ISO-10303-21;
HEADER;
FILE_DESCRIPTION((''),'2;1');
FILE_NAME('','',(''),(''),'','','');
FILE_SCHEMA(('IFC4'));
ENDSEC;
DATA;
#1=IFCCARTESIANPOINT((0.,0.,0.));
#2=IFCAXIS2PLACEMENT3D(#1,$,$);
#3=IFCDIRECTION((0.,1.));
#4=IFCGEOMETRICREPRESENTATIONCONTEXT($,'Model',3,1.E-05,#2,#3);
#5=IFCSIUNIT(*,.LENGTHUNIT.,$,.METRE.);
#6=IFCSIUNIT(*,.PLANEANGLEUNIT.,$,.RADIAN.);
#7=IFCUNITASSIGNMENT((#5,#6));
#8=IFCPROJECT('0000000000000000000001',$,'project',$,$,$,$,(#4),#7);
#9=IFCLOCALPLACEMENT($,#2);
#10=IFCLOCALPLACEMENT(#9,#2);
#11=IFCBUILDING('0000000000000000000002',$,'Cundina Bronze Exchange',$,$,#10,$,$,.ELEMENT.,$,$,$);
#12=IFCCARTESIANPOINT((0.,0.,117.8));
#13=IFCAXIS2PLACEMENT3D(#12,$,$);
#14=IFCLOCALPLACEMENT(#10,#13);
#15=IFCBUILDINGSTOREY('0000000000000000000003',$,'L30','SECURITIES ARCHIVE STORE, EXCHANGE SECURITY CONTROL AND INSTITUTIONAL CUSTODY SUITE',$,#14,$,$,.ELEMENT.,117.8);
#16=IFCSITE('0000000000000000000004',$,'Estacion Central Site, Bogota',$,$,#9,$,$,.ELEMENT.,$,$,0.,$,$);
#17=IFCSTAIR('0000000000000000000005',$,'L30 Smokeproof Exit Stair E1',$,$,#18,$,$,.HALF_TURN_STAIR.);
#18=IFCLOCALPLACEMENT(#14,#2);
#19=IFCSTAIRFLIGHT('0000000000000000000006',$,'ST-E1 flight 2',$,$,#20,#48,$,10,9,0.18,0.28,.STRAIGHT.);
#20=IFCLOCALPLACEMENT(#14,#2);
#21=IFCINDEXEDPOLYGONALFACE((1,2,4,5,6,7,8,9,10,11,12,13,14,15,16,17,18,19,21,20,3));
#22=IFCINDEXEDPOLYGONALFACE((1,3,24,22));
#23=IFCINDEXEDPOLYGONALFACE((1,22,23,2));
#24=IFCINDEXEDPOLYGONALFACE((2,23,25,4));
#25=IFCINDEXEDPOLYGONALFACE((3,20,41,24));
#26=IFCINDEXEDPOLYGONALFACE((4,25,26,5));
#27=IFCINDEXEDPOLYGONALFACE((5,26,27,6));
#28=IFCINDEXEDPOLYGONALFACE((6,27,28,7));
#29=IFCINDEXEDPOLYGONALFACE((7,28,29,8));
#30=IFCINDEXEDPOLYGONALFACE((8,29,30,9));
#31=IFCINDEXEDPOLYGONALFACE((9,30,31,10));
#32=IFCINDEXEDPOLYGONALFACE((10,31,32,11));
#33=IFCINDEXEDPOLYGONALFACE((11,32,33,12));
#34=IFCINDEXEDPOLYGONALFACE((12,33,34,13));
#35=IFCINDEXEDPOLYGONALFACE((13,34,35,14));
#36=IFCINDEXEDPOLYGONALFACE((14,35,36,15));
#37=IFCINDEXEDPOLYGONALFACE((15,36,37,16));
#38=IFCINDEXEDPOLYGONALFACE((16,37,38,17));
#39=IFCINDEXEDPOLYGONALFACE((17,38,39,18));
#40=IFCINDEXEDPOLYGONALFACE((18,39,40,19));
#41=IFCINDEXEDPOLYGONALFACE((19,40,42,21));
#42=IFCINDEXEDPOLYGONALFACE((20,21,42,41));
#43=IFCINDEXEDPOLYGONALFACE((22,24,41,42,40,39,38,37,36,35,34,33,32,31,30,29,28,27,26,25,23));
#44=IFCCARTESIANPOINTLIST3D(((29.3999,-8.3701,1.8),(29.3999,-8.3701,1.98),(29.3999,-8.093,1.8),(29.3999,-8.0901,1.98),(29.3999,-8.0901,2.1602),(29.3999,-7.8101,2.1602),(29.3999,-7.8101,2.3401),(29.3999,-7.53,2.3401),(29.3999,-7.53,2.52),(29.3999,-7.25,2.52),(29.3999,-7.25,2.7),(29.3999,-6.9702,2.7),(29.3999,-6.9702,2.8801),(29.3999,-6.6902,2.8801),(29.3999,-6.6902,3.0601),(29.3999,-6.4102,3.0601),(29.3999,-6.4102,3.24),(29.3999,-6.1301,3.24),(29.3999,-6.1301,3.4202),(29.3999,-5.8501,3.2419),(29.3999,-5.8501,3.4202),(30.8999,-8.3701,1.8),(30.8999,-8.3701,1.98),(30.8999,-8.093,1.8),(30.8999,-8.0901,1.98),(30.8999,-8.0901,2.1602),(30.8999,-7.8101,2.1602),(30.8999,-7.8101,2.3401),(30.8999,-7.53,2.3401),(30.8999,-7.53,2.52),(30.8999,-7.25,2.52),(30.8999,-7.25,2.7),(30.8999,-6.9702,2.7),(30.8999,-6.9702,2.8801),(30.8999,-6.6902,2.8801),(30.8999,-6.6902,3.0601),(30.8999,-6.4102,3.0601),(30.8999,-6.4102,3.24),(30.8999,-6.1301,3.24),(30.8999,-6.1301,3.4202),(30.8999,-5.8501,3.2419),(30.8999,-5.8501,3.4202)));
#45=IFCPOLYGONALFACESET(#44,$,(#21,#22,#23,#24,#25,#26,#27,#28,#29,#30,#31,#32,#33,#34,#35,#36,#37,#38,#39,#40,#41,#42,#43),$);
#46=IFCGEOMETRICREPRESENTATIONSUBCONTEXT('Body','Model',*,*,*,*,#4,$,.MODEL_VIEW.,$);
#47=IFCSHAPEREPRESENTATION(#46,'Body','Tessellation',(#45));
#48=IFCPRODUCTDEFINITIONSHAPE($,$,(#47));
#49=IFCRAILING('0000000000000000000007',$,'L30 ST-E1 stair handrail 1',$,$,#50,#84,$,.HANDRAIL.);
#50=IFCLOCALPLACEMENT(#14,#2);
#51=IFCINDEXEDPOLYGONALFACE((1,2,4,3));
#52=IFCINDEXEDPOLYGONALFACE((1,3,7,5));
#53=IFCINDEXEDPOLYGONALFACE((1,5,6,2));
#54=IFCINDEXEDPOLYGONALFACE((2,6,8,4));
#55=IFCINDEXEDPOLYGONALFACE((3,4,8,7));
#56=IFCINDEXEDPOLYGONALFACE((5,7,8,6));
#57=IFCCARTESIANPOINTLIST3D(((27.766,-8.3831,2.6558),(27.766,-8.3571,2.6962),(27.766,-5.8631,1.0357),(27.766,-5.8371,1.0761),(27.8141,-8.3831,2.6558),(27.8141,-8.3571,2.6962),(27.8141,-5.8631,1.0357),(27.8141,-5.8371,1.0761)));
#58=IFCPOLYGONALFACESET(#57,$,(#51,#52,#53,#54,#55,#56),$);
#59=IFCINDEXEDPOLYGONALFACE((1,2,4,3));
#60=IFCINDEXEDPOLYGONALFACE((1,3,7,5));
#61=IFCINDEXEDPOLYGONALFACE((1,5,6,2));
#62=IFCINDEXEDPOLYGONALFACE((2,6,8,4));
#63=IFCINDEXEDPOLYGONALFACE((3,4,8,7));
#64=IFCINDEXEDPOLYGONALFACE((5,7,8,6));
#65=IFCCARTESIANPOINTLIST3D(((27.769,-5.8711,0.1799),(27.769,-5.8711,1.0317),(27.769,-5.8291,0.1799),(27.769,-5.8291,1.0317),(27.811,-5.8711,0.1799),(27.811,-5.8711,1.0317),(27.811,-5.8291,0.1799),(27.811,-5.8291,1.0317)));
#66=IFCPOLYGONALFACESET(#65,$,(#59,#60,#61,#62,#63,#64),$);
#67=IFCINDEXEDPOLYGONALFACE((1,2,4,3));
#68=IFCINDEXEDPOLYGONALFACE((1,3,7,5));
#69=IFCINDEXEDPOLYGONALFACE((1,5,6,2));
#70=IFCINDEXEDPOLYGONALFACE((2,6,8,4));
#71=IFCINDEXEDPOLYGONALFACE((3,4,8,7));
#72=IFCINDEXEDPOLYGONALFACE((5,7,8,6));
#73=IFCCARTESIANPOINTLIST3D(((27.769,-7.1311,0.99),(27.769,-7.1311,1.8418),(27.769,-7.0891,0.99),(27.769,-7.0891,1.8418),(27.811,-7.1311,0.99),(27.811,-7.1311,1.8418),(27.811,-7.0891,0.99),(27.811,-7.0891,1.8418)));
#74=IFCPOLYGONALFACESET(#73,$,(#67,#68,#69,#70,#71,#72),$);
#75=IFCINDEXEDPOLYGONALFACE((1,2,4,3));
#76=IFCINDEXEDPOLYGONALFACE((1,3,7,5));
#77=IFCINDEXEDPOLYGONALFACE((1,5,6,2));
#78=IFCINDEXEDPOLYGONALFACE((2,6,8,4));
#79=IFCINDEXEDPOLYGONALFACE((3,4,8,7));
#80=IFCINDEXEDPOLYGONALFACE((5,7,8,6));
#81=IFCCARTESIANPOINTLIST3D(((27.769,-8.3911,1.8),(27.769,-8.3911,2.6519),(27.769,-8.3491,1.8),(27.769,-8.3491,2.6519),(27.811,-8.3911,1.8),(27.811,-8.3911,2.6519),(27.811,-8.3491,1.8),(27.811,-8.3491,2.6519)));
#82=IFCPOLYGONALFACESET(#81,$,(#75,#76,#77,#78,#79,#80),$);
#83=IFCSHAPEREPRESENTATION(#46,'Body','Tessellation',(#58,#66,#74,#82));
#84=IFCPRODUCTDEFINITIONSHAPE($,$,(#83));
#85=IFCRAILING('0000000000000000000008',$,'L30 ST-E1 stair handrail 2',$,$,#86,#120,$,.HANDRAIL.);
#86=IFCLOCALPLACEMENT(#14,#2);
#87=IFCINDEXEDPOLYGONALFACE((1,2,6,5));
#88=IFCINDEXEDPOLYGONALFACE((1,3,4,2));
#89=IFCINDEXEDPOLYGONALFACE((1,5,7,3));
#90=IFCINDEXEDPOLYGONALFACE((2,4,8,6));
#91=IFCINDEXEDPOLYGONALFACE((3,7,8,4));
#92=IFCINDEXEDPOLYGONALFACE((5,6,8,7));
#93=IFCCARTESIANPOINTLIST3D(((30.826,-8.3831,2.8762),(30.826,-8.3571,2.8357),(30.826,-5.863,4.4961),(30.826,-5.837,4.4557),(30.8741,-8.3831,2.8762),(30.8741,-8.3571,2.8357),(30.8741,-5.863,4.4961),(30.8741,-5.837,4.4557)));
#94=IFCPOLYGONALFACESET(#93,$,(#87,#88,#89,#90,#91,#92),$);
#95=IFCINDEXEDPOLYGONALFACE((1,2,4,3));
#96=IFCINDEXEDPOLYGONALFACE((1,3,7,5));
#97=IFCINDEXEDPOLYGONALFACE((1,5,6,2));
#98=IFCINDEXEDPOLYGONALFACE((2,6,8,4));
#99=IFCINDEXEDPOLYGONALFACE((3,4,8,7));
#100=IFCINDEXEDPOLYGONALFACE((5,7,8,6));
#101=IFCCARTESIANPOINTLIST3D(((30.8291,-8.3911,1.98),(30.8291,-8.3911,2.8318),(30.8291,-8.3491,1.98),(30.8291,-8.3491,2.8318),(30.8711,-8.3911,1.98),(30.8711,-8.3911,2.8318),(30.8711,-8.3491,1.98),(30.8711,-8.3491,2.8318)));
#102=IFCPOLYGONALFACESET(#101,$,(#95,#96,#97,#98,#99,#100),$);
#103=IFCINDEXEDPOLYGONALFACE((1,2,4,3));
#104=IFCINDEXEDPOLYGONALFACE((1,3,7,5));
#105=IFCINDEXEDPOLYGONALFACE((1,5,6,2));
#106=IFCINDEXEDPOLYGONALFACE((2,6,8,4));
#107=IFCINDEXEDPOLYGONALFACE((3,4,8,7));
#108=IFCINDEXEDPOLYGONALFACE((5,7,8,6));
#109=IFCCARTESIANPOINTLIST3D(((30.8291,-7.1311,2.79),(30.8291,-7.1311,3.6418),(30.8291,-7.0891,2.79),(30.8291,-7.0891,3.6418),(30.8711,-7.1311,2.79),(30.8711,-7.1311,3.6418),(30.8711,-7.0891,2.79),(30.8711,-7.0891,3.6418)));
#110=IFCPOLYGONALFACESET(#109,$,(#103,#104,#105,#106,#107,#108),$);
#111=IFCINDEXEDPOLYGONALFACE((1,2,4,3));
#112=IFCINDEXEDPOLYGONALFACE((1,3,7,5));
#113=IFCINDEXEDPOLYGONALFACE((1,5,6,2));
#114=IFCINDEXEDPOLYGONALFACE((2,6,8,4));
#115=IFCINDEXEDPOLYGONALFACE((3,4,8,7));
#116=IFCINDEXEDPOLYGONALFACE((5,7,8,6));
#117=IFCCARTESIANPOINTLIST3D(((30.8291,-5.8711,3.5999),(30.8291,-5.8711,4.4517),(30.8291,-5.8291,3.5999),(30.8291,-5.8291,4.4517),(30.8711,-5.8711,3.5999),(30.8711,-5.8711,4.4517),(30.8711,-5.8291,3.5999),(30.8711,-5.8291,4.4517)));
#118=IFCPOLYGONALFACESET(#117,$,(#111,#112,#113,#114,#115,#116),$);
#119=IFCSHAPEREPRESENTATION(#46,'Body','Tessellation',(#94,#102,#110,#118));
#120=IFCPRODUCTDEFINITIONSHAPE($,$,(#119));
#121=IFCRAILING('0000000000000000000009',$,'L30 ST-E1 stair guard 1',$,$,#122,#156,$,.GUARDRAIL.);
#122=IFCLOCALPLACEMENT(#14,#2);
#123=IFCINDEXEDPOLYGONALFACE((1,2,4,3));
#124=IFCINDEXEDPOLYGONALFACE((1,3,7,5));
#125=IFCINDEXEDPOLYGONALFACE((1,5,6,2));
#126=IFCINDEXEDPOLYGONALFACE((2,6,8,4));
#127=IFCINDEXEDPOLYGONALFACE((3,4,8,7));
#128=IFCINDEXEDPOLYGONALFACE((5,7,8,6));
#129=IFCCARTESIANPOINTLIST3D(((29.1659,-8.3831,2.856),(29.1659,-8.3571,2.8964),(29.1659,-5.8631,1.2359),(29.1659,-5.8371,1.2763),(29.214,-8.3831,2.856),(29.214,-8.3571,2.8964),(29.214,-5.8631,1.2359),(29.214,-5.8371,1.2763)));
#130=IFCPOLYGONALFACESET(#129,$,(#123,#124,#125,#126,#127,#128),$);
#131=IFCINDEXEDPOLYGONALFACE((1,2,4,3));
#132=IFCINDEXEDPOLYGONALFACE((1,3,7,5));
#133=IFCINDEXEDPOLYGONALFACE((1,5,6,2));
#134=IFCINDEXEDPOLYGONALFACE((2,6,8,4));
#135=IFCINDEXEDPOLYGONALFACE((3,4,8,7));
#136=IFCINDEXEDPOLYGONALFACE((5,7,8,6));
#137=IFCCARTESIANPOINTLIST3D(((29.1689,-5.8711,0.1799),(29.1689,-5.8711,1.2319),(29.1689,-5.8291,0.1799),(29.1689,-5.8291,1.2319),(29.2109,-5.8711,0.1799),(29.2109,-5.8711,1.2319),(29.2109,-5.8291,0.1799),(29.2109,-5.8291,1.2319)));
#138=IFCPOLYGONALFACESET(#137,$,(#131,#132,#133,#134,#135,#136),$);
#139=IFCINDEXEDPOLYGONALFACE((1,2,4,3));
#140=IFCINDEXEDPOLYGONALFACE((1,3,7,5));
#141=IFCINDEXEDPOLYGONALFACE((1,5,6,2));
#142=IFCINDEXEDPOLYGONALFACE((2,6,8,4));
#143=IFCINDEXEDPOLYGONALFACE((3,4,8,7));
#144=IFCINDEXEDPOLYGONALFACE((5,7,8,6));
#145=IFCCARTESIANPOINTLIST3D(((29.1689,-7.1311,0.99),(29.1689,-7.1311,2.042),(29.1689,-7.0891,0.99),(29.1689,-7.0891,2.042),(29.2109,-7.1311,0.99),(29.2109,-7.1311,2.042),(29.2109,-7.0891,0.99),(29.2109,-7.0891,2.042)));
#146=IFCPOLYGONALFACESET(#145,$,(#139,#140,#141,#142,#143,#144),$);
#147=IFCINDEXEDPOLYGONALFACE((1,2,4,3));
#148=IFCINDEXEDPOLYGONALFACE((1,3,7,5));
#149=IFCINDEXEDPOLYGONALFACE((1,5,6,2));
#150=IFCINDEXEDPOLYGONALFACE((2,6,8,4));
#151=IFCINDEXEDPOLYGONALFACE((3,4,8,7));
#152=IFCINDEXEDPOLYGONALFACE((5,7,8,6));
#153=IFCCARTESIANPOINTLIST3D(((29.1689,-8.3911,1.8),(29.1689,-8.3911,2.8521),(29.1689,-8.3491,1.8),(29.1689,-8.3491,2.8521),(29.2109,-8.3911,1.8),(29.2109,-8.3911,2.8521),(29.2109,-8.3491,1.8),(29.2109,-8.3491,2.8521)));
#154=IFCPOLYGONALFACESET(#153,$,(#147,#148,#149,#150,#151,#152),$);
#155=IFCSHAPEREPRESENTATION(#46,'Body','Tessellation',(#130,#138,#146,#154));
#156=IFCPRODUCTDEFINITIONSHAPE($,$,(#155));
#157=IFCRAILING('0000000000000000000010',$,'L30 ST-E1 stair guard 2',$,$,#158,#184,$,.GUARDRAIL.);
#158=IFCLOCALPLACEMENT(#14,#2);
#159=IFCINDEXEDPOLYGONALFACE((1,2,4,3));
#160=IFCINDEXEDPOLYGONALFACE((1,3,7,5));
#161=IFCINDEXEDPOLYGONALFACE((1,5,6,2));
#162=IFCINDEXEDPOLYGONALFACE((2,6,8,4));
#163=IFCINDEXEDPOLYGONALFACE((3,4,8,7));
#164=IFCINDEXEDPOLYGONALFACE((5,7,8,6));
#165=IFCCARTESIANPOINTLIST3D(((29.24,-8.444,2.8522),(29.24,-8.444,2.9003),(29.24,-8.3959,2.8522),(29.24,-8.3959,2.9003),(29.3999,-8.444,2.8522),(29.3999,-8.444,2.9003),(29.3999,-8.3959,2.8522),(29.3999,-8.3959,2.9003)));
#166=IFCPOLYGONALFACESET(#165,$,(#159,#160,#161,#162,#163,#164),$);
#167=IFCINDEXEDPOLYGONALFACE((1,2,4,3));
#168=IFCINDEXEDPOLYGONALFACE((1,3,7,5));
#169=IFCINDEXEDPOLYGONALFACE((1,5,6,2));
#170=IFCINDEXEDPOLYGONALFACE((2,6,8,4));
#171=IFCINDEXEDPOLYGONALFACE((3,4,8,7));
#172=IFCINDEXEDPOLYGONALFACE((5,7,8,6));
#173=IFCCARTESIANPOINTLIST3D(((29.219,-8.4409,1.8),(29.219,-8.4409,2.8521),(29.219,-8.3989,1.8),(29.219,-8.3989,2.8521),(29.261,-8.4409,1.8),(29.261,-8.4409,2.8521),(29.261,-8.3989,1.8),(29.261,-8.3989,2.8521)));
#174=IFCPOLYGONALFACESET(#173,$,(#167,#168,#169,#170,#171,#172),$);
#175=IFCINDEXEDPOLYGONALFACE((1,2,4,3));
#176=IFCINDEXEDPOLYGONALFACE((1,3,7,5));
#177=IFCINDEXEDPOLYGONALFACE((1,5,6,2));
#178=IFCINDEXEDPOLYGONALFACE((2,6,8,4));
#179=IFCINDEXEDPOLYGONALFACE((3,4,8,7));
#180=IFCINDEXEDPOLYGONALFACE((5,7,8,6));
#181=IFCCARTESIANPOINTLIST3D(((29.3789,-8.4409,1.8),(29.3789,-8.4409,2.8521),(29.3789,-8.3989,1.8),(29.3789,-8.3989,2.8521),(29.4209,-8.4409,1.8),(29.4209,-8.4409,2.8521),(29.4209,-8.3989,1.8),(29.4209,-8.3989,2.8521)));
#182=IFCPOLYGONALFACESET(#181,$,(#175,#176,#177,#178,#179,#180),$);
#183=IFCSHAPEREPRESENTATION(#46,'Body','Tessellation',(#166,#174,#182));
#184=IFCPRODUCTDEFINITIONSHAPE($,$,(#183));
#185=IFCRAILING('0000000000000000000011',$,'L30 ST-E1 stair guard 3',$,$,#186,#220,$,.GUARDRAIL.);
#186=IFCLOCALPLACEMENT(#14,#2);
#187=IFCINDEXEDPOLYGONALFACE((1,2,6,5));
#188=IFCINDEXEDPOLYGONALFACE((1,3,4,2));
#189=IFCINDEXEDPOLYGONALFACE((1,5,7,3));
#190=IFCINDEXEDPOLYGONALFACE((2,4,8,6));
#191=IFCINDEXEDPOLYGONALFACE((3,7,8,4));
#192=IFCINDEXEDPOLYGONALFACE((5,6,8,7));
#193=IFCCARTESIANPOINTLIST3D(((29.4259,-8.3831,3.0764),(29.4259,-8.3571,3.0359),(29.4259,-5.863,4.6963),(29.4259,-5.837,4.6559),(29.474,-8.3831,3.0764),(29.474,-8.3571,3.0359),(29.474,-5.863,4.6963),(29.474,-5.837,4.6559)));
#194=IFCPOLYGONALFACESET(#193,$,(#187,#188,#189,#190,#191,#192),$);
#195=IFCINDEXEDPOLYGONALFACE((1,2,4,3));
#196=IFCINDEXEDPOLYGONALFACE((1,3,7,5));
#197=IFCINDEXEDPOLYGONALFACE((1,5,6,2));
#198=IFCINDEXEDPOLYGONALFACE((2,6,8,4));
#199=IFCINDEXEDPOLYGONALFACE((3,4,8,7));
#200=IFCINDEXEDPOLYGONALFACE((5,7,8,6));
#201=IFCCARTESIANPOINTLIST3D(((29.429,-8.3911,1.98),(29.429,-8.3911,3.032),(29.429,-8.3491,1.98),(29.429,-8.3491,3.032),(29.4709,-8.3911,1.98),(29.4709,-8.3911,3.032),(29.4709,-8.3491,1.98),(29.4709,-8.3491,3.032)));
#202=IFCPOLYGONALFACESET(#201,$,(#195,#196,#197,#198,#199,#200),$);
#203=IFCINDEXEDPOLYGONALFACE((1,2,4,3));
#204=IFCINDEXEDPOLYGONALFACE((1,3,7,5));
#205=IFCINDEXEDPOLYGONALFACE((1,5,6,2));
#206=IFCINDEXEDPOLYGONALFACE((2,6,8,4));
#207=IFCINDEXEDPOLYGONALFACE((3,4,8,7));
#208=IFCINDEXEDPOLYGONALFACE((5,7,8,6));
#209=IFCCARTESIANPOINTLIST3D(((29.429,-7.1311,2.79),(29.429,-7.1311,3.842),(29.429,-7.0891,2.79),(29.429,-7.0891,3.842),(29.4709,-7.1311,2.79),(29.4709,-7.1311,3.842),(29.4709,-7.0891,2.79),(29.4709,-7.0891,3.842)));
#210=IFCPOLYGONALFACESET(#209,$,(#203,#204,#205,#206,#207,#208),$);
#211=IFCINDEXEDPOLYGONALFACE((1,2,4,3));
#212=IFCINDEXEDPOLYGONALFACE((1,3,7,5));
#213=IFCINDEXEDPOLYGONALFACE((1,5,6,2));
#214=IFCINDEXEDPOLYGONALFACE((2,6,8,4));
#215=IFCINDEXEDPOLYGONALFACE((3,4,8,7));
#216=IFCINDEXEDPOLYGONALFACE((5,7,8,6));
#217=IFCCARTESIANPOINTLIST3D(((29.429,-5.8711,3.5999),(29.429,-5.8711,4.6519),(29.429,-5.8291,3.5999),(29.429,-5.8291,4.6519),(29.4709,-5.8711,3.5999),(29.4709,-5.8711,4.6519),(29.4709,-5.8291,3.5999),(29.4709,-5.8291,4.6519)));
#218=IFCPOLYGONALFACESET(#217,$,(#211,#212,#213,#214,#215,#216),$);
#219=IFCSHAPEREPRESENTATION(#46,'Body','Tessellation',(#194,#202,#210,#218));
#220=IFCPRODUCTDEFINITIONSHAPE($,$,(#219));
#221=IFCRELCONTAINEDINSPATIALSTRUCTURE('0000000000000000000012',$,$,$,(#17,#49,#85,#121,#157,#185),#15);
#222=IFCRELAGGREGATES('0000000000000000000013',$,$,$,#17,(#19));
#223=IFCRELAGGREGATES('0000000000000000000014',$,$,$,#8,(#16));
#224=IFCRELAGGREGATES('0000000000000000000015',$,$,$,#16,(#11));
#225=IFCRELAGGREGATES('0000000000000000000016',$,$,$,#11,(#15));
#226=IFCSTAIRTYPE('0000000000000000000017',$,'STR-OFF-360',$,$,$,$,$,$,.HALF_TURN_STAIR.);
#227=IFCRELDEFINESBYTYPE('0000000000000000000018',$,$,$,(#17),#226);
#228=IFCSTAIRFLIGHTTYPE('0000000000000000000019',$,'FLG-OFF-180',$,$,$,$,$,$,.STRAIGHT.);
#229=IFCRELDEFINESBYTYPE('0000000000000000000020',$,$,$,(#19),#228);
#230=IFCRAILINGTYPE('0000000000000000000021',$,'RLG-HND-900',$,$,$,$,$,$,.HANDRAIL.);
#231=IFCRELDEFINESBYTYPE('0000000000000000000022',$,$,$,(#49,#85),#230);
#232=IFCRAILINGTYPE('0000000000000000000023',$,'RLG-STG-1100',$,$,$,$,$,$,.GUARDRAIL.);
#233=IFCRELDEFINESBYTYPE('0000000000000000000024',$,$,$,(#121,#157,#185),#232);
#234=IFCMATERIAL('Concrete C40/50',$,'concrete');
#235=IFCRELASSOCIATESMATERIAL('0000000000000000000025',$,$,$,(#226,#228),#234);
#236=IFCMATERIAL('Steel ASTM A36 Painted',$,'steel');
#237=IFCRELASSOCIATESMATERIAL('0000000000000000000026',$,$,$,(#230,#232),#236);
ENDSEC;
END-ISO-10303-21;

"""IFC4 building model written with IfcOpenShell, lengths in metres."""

from ifc_helpers import new_model, si_unit, direction, frame, origin, origin_2d, place, context, subcontext, project, spatial, polyline, rectangle, outline, extrude, material, type_object, element, aggregate, save


model = new_model("IFC4")

# Units and contexts
model_context = context("Model", 3, precision=1e-05, world=origin(), true_north=direction((0.0, 1.0)))
body_context = subcontext(model_context, "Body", "Model", "MODEL_VIEW")
ifc_project = project(units=[si_unit("LENGTHUNIT", "METRE"), si_unit("PLANEANGLEUNIT", "RADIAN")], contexts=[model_context])

# Site, building, storey
site_placement = place(None, origin())
site = spatial("IfcSite", under=ifc_project, at=site_placement, Name="Estacion Central Site, Bogota", CompositionType="ELEMENT", RefElevation=0.0)
building_placement = place(site_placement, origin())
building = spatial("IfcBuilding", under=site, at=building_placement, Name="Cundina Bronze Exchange", CompositionType="ELEMENT")
storey_placement = place(building_placement, frame((0.0, 0.0, 117.8)))
storey = spatial("IfcBuildingStorey", under=building, at=storey_placement, Name="L30", Description="SECURITIES ARCHIVE STORE, EXCHANGE SECURITY CONTROL AND INSTITUTIONAL CUSTODY SUITE", CompositionType="ELEMENT", Elevation=117.8)

# Stair, stair flight
ifc_material_1 = material(Name="Concrete C40/50", Category="concrete")
stair_type = type_object("IfcStairType", Name="STR-OFF-360", PredefinedType="HALF_TURN_STAIR", material=ifc_material_1)
stair_placement = place(storey_placement, origin())
stair = element("IfcStair", 1, at=stair_placement, inside=storey, type_object=stair_type, Name="L30 Smokeproof Exit Stair E1", PredefinedType="HALF_TURN_STAIR")
stair_flight_type = type_object("IfcStairFlightType", Name="FLG-OFF-180", PredefinedType="STRAIGHT", material=ifc_material_1)
stair_flight_1_placement = place(storey_placement, frame((30.1499, -8.3701, 1.8), z_axis=(0.0, 0.0, 1.0), x_axis=(0.0, 1.0, 0.0)))
stair_flight_1 = element("IfcStairFlight", 2, at=stair_flight_1_placement, type_object=stair_flight_type, Name="ST-E1 flight 2", NumberOfRisers=10, NumberOfTreads=9, PredefinedType="STRAIGHT", RiserHeight=0.18, TreadLength=0.28, context=body_context, shape_type="SweptSolid", body=[
    extrude(outline(polyline([(0.0, 0.0), (0.0, 0.1799), (0.28, 0.1799), (0.28, 0.3601), (0.5601, 0.3601), (0.5601, 0.54), (0.8401, 0.54), (0.8401, 0.72), (1.1201, 0.72), (1.1201, 0.8999), (1.3999, 0.8999), (1.3999, 1.0801), (1.6799, 1.0801), (1.6799, 1.26), (1.96, 1.26), (1.96, 1.4399), (2.24, 1.4399), (2.24, 1.6201), (2.52, 1.6201), (2.52, 1.8), (2.52, 1.4419), (0.2771, 0.0), (0.0, 0.0)])), frame((0.0, 0.75, 0.0), z_axis=(0.0, -1.0, 0.0), x_axis=(1.0, 0.0, 0.0)), (0.0, 0.0, 1.0), 1.5),
])
aggregate(stair, [stair_flight_1])

# Railings
ifc_material_2 = material(Name="Steel ASTM A36 Painted", Category="steel")
railing_type_1 = type_object("IfcRailingType", Name="RLG-HND-900", PredefinedType="HANDRAIL", material=ifc_material_2)
railing_1_placement = place(storey_placement, frame((27.79, -5.8501, 0.1799)))
element("IfcRailing", 3, at=railing_1_placement, inside=storey, type_object=railing_type_1, Name="L30 ST-E1 stair handrail 1", PredefinedType="HANDRAIL", context=body_context, shape_type="SweptSolid", body=[
    extrude(rectangle(XDim=0.0481, YDim=0.0481, at=origin_2d()), frame((0.0, 0.0, 0.876), z_axis=(0.0, -0.841163, 0.540782), x_axis=(1.0, 0.0, 0.0)), (0.0, 0.0, 1.0), 2.9958),
    extrude(rectangle(XDim=0.042, YDim=0.042, at=origin_2d()), origin(), (0.0, 0.0, 1.0), 0.8518),
    extrude(rectangle(XDim=0.042, YDim=0.042, at=origin_2d()), frame((0.0, -1.26, 0.8101)), (0.0, 0.0, 1.0), 0.8518),
    extrude(rectangle(XDim=0.042, YDim=0.042, at=origin_2d()), frame((0.0, -2.52, 1.6201)), (0.0, 0.0, 1.0), 0.8518),
])
railing_2_placement = place(storey_placement, frame((30.8501, -8.3701, 1.98)))
element("IfcRailing", 4, at=railing_2_placement, inside=storey, type_object=railing_type_1, Name="L30 ST-E1 stair handrail 2", PredefinedType="HANDRAIL", context=body_context, shape_type="SweptSolid", body=[
    extrude(rectangle(XDim=0.0481, YDim=0.0481, at=origin_2d()), frame((0.0, 0.0, 0.876), z_axis=(0.0, 0.8412, 0.540725), x_axis=(-1.0, 0.0, 0.0)), (0.0, 0.0, 1.0), 2.9958),
    extrude(rectangle(XDim=0.042, YDim=0.042, at=origin_2d()), origin(), (0.0, 0.0, 1.0), 0.8518),
    extrude(rectangle(XDim=0.042, YDim=0.042, at=origin_2d()), frame((0.0, 1.26, 0.8101)), (0.0, 0.0, 1.0), 0.8518),
    extrude(rectangle(XDim=0.042, YDim=0.042, at=origin_2d()), frame((0.0, 2.52, 1.6199)), (0.0, 0.0, 1.0), 0.8518),
])
railing_type_2 = type_object("IfcRailingType", Name="RLG-STG-1100", PredefinedType="GUARDRAIL", material=ifc_material_2)
railing_3_placement = place(storey_placement, frame((29.1899, -5.8501, 0.1799)))
element("IfcRailing", 5, at=railing_3_placement, inside=storey, type_object=railing_type_2, Name="L30 ST-E1 stair guard 1", PredefinedType="GUARDRAIL", context=body_context, shape_type="SweptSolid", body=[
    extrude(rectangle(XDim=0.0481, YDim=0.0481, at=origin_2d()), frame((0.0, 0.0, 1.0762), z_axis=(0.0, -0.841163, 0.540782), x_axis=(1.0, 0.0, 0.0)), (0.0, 0.0, 1.0), 2.9958),
    extrude(rectangle(XDim=0.042, YDim=0.042, at=origin_2d()), origin(), (0.0, 0.0, 1.0), 1.052),
    extrude(rectangle(XDim=0.042, YDim=0.042, at=origin_2d()), frame((0.0, -1.26, 0.8101)), (0.0, 0.0, 1.0), 1.052),
    extrude(rectangle(XDim=0.042, YDim=0.042, at=origin_2d()), frame((0.0, -2.52, 1.6201)), (0.0, 0.0, 1.0), 1.052),
])
railing_4_placement = place(storey_placement, frame((29.24, -8.4199, 1.8)))
element("IfcRailing", 6, at=railing_4_placement, inside=storey, type_object=railing_type_2, Name="L30 ST-E1 stair guard 2", PredefinedType="GUARDRAIL", context=body_context, shape_type="SweptSolid", body=[
    extrude(rectangle(XDim=0.0481, YDim=0.0481, at=origin_2d()), frame((0.0, 0.0, 1.0762), z_axis=(1.0, 0.0, 0.0), x_axis=(0.0, 1.0, 0.0)), (0.0, 0.0, 1.0), 0.1599),
    extrude(rectangle(XDim=0.042, YDim=0.042, at=origin_2d()), origin(), (0.0, 0.0, 1.0), 1.052),
    extrude(rectangle(XDim=0.042, YDim=0.042, at=origin_2d()), frame((0.1599, 0.0, 0.0)), (0.0, 0.0, 1.0), 1.052),
])
railing_5_placement = place(storey_placement, frame((29.45, -8.3701, 1.98)))
element("IfcRailing", 7, at=railing_5_placement, inside=storey, type_object=railing_type_2, Name="L30 ST-E1 stair guard 3", PredefinedType="GUARDRAIL", context=body_context, shape_type="SweptSolid", body=[
    extrude(rectangle(XDim=0.0481, YDim=0.0481, at=origin_2d()), frame((0.0, 0.0, 1.0762), z_axis=(0.0, 0.8412, 0.540725), x_axis=(-1.0, 0.0, 0.0)), (0.0, 0.0, 1.0), 2.9958),
    extrude(rectangle(XDim=0.042, YDim=0.042, at=origin_2d()), origin(), (0.0, 0.0, 1.0), 1.052),
    extrude(rectangle(XDim=0.042, YDim=0.042, at=origin_2d()), frame((0.0, 1.26, 0.8101)), (0.0, 0.0, 1.0), 1.052),
    extrude(rectangle(XDim=0.042, YDim=0.042, at=origin_2d()), frame((0.0, 2.52, 1.6199)), (0.0, 0.0, 1.0), 1.052),
])

save(model, "model.ifc")
